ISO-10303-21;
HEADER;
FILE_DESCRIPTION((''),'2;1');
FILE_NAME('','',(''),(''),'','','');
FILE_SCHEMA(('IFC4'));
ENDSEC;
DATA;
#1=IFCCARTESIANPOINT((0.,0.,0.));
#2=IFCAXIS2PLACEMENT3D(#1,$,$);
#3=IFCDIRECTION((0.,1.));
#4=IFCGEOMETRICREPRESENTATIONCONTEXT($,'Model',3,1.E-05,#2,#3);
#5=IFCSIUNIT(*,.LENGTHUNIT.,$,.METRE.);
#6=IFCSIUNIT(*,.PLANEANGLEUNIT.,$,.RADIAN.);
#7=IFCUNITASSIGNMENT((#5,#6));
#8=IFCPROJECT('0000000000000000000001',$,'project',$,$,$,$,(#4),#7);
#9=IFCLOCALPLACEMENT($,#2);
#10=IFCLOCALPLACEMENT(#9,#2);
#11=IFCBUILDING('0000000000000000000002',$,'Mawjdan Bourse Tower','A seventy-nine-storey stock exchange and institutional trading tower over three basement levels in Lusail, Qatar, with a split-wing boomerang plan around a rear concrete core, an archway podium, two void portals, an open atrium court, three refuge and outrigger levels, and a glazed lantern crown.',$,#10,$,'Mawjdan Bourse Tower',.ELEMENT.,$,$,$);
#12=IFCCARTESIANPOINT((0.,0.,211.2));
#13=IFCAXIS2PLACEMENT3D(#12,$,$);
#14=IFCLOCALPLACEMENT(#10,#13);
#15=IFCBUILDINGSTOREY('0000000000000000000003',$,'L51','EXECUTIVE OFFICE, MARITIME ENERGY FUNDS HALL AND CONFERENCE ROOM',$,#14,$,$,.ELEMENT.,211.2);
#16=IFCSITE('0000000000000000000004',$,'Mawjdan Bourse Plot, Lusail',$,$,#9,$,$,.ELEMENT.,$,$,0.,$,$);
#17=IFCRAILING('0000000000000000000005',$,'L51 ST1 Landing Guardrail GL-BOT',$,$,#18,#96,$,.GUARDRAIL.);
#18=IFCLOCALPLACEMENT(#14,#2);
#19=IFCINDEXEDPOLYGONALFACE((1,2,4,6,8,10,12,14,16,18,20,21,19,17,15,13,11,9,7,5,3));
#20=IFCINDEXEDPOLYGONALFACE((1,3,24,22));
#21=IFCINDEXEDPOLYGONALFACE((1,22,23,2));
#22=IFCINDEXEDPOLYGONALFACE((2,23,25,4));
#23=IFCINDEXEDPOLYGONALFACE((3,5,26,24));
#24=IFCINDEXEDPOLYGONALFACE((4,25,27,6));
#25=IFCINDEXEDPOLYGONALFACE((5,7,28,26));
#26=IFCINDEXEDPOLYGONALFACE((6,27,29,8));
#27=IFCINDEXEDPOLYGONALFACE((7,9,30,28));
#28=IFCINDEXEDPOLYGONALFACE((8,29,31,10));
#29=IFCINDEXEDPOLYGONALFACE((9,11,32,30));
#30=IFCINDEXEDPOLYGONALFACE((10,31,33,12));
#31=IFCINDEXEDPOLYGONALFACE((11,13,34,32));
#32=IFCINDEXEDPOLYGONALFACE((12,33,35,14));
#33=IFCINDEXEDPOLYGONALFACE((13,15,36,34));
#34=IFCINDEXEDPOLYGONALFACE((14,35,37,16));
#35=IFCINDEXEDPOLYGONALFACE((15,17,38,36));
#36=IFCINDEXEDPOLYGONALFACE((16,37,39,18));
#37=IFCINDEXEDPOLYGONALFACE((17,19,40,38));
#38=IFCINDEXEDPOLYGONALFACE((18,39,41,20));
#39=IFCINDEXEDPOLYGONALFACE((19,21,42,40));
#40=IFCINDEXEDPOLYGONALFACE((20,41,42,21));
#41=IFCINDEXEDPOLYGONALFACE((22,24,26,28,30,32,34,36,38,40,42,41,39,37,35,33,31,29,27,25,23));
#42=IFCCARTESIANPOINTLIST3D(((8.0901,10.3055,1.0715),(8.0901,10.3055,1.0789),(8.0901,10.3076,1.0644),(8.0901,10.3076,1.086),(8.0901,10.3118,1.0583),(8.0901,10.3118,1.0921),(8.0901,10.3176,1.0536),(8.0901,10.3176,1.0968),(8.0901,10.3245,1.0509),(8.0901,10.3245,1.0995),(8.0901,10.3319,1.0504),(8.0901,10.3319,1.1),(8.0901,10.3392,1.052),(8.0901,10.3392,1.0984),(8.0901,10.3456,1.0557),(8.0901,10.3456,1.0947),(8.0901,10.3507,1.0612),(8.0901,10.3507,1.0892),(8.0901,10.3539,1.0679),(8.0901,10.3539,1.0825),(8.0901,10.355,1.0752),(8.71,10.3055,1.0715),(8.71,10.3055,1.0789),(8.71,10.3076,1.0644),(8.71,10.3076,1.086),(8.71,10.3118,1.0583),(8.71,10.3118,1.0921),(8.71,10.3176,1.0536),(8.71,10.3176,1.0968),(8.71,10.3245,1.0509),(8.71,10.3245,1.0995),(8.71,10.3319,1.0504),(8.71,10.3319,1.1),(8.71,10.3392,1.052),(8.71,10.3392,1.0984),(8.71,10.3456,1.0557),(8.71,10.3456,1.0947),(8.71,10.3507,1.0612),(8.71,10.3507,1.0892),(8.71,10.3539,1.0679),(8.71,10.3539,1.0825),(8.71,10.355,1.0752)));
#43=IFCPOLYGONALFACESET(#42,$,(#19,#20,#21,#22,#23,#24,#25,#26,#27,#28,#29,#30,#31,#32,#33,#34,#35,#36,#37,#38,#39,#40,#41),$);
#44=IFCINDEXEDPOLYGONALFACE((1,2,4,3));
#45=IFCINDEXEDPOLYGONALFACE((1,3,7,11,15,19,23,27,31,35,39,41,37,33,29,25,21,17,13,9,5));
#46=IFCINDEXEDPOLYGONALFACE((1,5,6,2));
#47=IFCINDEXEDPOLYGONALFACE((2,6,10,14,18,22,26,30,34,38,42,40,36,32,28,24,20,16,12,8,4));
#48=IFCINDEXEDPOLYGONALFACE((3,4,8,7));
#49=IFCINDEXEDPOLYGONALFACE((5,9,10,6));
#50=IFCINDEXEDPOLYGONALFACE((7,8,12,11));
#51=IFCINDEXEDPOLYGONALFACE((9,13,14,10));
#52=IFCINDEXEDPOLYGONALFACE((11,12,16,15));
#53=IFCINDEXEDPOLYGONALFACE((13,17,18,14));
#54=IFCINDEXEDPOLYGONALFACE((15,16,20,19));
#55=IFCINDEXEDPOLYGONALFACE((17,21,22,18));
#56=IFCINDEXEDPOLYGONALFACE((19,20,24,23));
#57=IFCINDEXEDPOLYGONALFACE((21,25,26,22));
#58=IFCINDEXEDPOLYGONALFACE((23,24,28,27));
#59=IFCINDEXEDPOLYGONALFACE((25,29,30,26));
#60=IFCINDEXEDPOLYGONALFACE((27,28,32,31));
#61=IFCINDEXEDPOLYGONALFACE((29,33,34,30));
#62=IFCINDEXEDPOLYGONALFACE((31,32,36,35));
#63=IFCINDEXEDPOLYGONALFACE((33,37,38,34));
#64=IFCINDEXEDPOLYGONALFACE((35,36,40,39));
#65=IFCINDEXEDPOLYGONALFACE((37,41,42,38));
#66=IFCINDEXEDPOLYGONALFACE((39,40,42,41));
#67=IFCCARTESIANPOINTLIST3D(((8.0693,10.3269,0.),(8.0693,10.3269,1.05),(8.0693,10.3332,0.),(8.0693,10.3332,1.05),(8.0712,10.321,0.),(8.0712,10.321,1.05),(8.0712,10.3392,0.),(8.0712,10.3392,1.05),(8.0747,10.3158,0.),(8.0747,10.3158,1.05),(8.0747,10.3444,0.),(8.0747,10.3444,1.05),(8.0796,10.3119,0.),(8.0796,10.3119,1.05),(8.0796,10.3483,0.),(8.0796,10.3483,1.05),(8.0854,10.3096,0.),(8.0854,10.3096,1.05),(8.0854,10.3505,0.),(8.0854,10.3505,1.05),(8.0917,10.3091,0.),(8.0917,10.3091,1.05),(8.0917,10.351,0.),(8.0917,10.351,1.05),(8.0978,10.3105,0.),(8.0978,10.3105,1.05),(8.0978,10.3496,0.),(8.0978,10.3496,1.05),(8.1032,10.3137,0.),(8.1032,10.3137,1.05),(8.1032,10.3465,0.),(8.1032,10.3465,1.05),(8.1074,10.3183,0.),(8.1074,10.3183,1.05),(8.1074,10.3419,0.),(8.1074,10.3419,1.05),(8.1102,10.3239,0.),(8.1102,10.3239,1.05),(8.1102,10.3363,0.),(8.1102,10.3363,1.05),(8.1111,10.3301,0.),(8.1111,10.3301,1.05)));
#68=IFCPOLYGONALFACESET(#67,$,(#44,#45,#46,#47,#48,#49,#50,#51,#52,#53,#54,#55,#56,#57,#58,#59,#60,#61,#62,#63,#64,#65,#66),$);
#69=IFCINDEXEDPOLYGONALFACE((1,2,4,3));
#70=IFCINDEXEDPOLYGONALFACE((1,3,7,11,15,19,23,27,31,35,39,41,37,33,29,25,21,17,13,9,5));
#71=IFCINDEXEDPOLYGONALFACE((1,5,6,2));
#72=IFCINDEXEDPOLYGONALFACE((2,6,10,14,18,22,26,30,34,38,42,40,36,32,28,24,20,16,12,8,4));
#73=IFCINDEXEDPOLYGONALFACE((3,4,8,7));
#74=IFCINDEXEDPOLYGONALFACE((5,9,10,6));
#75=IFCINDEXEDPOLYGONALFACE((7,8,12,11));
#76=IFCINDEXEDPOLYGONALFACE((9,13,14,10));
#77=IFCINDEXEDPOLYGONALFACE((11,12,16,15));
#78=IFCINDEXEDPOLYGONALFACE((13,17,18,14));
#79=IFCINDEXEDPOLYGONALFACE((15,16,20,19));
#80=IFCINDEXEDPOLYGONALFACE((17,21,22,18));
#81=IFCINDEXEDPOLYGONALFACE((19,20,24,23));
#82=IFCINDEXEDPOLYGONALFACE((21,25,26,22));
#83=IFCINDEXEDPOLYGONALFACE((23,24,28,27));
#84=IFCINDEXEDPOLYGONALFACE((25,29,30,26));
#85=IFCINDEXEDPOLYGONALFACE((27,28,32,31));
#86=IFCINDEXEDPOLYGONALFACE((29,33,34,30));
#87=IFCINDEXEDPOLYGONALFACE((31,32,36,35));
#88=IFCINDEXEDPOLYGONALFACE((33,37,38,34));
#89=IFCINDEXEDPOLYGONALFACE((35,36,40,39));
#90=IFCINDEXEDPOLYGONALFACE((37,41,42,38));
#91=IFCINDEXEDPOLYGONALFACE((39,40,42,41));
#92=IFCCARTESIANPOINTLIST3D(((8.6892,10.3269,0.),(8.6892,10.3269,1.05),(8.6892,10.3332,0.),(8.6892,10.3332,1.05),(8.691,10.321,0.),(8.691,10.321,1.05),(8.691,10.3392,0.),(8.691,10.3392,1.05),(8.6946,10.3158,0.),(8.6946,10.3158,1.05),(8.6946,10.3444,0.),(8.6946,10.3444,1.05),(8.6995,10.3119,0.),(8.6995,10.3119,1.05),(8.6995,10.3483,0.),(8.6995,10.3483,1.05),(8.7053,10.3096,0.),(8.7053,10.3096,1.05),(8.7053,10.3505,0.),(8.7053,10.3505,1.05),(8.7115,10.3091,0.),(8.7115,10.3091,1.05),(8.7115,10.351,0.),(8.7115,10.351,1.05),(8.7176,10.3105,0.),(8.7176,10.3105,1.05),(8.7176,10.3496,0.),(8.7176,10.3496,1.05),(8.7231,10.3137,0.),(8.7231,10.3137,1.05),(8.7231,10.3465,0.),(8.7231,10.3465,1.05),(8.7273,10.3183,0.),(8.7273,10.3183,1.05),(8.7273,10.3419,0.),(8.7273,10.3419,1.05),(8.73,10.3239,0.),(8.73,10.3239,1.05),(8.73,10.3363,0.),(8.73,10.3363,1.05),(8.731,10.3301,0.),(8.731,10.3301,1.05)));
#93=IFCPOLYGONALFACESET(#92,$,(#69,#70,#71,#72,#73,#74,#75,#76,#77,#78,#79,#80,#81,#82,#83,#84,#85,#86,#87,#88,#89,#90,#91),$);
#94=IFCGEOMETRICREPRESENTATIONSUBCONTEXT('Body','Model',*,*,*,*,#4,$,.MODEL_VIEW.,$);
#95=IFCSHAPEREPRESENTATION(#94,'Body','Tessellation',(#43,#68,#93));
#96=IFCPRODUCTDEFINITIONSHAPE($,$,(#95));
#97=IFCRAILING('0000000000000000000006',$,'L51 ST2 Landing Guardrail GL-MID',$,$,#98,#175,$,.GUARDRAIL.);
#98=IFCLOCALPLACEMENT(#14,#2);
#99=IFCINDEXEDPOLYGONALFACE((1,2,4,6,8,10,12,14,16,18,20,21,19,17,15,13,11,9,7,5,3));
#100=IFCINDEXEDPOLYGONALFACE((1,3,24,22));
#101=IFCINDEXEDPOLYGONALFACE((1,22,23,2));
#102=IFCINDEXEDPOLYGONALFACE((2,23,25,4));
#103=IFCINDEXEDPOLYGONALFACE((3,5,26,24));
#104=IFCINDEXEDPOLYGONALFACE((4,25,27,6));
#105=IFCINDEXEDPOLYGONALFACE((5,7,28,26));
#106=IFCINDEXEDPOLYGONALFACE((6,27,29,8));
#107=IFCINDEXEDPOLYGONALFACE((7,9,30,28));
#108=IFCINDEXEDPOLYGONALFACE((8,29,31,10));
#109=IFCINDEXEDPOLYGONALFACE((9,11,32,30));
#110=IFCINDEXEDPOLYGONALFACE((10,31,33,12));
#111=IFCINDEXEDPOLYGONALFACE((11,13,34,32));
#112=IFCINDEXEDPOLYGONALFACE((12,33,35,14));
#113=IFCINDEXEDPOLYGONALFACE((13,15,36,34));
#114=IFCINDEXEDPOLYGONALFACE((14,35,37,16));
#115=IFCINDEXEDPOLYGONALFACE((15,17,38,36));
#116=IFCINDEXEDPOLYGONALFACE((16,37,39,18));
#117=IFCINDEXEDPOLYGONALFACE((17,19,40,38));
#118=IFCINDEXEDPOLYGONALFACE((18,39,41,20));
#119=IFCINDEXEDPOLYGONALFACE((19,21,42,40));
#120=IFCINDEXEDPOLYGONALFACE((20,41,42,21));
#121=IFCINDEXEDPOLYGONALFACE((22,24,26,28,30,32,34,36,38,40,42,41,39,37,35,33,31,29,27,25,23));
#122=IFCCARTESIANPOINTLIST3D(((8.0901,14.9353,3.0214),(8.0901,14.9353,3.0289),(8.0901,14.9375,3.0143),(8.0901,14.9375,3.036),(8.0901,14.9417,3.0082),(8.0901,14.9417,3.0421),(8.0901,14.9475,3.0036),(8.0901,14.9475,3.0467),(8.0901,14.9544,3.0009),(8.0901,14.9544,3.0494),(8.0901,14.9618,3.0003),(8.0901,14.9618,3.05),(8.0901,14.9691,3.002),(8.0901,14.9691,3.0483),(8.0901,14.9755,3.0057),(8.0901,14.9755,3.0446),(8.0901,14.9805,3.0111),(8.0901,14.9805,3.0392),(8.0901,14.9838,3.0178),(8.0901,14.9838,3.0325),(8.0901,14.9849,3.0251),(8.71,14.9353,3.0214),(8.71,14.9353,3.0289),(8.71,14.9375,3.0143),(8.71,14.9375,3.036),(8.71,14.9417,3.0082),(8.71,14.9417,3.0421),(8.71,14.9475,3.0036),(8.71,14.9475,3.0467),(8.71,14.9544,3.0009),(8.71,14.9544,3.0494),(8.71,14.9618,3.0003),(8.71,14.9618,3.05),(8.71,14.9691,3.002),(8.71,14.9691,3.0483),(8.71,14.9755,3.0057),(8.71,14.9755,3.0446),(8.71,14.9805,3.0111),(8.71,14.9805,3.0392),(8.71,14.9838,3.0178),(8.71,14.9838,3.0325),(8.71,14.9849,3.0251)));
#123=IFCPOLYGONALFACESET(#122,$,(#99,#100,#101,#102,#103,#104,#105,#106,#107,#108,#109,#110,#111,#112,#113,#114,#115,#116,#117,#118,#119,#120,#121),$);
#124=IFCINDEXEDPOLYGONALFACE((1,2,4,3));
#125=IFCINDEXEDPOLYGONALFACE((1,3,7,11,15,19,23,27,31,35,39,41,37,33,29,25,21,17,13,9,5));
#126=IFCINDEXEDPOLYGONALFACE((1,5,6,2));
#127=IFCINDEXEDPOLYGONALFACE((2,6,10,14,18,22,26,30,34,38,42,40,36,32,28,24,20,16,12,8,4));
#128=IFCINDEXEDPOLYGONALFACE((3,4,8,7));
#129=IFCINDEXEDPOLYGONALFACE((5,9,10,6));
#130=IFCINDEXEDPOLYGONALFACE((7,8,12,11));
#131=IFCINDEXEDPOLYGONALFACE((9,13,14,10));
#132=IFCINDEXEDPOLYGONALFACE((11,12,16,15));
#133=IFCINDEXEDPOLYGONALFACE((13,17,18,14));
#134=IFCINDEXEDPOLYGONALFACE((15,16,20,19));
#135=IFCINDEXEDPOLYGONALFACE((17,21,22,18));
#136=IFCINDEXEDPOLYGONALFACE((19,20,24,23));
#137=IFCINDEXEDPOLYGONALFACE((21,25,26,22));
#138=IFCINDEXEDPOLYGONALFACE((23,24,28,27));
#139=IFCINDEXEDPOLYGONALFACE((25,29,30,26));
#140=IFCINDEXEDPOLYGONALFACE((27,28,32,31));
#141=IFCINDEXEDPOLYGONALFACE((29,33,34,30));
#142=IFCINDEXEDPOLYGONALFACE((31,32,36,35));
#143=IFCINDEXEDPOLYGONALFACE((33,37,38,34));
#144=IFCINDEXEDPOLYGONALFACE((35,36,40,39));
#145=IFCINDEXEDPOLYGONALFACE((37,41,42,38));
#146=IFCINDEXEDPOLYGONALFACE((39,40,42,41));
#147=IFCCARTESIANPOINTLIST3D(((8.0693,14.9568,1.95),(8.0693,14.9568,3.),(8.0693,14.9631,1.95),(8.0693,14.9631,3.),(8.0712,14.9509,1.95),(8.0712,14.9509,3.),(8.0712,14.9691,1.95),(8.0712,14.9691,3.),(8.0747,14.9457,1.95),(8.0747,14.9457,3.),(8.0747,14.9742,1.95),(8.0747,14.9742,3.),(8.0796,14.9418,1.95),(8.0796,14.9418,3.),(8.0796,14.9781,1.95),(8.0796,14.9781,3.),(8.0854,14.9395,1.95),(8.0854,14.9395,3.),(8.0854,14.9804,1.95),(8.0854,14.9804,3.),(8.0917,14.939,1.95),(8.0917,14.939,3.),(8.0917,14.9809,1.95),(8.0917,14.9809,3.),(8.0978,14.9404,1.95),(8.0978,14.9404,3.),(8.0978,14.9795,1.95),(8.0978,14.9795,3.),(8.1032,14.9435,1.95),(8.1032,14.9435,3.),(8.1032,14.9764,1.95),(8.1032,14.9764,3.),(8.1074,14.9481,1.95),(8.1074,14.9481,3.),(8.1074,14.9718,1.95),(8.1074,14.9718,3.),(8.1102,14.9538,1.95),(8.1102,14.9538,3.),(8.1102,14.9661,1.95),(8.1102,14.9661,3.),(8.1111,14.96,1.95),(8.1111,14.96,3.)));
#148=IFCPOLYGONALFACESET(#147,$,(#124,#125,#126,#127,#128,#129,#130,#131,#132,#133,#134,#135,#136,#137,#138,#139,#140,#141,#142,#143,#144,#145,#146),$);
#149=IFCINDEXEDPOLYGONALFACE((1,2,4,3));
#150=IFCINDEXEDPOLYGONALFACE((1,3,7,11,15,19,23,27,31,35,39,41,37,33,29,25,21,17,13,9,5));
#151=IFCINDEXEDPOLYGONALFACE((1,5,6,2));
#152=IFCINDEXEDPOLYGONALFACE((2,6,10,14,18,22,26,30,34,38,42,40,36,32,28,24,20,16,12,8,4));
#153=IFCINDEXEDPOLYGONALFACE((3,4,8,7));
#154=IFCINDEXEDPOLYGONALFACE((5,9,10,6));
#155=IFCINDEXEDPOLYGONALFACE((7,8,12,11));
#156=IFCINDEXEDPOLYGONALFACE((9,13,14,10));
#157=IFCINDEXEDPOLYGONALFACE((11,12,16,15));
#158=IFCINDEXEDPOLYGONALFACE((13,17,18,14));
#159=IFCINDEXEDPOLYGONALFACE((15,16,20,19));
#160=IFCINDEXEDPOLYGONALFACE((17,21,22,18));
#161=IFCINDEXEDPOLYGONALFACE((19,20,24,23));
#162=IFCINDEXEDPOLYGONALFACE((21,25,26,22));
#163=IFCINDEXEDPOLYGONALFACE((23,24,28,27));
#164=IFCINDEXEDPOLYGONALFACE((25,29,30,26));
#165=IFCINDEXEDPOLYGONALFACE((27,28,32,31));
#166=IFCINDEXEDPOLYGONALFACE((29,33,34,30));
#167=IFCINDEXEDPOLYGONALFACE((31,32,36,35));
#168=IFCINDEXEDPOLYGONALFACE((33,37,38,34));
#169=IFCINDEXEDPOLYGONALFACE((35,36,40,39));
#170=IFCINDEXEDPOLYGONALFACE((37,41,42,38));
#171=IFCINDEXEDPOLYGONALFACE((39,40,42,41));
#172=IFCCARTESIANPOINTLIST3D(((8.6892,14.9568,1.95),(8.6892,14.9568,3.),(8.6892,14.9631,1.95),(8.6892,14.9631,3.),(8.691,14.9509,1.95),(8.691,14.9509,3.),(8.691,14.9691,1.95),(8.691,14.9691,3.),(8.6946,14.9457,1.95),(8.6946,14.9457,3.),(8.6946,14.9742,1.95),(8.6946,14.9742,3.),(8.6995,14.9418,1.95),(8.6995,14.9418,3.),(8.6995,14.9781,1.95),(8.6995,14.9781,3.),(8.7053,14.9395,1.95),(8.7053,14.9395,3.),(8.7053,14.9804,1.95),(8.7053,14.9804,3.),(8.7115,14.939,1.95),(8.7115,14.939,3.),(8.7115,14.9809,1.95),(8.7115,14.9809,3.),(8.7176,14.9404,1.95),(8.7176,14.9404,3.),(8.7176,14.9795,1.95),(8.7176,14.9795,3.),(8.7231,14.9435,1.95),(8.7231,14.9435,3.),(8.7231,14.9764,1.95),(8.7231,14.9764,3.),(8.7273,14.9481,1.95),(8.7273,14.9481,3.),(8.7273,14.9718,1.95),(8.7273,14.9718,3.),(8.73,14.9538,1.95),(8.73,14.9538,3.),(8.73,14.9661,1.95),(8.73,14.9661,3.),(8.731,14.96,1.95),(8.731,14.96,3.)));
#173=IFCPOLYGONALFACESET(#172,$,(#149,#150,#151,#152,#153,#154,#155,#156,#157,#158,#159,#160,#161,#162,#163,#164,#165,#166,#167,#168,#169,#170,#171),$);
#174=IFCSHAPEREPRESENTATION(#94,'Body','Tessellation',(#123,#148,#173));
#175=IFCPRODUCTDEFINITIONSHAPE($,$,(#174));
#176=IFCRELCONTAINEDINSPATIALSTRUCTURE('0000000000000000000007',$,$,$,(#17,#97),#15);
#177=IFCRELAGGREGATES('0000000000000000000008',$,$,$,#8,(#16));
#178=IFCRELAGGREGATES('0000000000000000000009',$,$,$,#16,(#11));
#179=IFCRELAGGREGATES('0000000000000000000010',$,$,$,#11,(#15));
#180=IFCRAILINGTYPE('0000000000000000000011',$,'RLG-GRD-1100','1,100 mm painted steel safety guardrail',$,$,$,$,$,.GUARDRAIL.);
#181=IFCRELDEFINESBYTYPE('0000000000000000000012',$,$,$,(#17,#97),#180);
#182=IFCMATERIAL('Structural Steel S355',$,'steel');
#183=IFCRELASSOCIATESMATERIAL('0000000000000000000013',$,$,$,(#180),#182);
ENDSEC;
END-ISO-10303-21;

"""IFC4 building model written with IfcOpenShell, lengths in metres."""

from ifc_helpers import new_model, si_unit, direction, frame, origin, origin_2d, place, context, subcontext, project, spatial, circle, extrude, material, type_object, element, save


model = new_model("IFC4")

# Units and contexts
model_context = context("Model", 3, precision=1e-05, world=origin(), true_north=direction((0.0, 1.0)))
body_context = subcontext(model_context, "Body", "Model", "MODEL_VIEW")
ifc_project = project(units=[si_unit("LENGTHUNIT", "METRE"), si_unit("PLANEANGLEUNIT", "RADIAN")], contexts=[model_context])

# Site, building, storey
site_placement = place(None, origin())
site = spatial("IfcSite", under=ifc_project, at=site_placement, Name="Mawjdan Bourse Plot, Lusail", CompositionType="ELEMENT", RefElevation=0.0)
building_placement = place(site_placement, origin())
building = spatial("IfcBuilding", under=site, at=building_placement, Name="Mawjdan Bourse Tower", Description="A seventy-nine-storey stock exchange and institutional trading tower over three basement levels in Lusail, Qatar, with a split-wing boomerang plan around a rear concrete core, an archway podium, two void portals, an open atrium court, three refuge and outrigger levels, and a glazed lantern crown.", LongName="Mawjdan Bourse Tower", CompositionType="ELEMENT")
storey_placement = place(building_placement, frame((0.0, 0.0, 211.2)))
storey = spatial("IfcBuildingStorey", under=building, at=storey_placement, Name="L51", Description="EXECUTIVE OFFICE, MARITIME ENERGY FUNDS HALL AND CONFERENCE ROOM", CompositionType="ELEMENT", Elevation=211.2)

# Railings
ifc_material_1 = material(Name="Structural Steel S355", Category="steel")
railing_type_1 = type_object("IfcRailingType", Name="RLG-GRD-1100", Description="1,100 mm painted steel safety guardrail", PredefinedType="GUARDRAIL", material=ifc_material_1)
for number, where, name in (
    (1, (8.0901, 10.3301, 0.0), "L51 ST1 Landing Guardrail GL-BOT"),
    (2, (8.0901, 14.96, 1.95), "L51 ST2 Landing Guardrail GL-MID"),
):
    element("IfcRailing", number, at=place(storey_placement, frame(where)), inside=storey, type_object=railing_type_1, Name=name, PredefinedType="GUARDRAIL", context=body_context, shape_type="SweptSolid", body=[
        extrude(circle(Radius=0.0249, at=origin_2d()), frame((0.0, 0.0, 1.0752), z_axis=(1.0, 0.0, 0.0), x_axis=(0.0, 1.0, 0.0)), (0.0, 0.0, 1.0), 0.6199),
        extrude(circle(Radius=0.021, at=origin_2d()), origin(), (0.0, 0.0, 1.0), 1.05),
        extrude(circle(Radius=0.021, at=origin_2d()), frame((0.6199, 0.0, 0.0)), (0.0, 0.0, 1.0), 1.05),
    ])

save(model, "model.ifc")
